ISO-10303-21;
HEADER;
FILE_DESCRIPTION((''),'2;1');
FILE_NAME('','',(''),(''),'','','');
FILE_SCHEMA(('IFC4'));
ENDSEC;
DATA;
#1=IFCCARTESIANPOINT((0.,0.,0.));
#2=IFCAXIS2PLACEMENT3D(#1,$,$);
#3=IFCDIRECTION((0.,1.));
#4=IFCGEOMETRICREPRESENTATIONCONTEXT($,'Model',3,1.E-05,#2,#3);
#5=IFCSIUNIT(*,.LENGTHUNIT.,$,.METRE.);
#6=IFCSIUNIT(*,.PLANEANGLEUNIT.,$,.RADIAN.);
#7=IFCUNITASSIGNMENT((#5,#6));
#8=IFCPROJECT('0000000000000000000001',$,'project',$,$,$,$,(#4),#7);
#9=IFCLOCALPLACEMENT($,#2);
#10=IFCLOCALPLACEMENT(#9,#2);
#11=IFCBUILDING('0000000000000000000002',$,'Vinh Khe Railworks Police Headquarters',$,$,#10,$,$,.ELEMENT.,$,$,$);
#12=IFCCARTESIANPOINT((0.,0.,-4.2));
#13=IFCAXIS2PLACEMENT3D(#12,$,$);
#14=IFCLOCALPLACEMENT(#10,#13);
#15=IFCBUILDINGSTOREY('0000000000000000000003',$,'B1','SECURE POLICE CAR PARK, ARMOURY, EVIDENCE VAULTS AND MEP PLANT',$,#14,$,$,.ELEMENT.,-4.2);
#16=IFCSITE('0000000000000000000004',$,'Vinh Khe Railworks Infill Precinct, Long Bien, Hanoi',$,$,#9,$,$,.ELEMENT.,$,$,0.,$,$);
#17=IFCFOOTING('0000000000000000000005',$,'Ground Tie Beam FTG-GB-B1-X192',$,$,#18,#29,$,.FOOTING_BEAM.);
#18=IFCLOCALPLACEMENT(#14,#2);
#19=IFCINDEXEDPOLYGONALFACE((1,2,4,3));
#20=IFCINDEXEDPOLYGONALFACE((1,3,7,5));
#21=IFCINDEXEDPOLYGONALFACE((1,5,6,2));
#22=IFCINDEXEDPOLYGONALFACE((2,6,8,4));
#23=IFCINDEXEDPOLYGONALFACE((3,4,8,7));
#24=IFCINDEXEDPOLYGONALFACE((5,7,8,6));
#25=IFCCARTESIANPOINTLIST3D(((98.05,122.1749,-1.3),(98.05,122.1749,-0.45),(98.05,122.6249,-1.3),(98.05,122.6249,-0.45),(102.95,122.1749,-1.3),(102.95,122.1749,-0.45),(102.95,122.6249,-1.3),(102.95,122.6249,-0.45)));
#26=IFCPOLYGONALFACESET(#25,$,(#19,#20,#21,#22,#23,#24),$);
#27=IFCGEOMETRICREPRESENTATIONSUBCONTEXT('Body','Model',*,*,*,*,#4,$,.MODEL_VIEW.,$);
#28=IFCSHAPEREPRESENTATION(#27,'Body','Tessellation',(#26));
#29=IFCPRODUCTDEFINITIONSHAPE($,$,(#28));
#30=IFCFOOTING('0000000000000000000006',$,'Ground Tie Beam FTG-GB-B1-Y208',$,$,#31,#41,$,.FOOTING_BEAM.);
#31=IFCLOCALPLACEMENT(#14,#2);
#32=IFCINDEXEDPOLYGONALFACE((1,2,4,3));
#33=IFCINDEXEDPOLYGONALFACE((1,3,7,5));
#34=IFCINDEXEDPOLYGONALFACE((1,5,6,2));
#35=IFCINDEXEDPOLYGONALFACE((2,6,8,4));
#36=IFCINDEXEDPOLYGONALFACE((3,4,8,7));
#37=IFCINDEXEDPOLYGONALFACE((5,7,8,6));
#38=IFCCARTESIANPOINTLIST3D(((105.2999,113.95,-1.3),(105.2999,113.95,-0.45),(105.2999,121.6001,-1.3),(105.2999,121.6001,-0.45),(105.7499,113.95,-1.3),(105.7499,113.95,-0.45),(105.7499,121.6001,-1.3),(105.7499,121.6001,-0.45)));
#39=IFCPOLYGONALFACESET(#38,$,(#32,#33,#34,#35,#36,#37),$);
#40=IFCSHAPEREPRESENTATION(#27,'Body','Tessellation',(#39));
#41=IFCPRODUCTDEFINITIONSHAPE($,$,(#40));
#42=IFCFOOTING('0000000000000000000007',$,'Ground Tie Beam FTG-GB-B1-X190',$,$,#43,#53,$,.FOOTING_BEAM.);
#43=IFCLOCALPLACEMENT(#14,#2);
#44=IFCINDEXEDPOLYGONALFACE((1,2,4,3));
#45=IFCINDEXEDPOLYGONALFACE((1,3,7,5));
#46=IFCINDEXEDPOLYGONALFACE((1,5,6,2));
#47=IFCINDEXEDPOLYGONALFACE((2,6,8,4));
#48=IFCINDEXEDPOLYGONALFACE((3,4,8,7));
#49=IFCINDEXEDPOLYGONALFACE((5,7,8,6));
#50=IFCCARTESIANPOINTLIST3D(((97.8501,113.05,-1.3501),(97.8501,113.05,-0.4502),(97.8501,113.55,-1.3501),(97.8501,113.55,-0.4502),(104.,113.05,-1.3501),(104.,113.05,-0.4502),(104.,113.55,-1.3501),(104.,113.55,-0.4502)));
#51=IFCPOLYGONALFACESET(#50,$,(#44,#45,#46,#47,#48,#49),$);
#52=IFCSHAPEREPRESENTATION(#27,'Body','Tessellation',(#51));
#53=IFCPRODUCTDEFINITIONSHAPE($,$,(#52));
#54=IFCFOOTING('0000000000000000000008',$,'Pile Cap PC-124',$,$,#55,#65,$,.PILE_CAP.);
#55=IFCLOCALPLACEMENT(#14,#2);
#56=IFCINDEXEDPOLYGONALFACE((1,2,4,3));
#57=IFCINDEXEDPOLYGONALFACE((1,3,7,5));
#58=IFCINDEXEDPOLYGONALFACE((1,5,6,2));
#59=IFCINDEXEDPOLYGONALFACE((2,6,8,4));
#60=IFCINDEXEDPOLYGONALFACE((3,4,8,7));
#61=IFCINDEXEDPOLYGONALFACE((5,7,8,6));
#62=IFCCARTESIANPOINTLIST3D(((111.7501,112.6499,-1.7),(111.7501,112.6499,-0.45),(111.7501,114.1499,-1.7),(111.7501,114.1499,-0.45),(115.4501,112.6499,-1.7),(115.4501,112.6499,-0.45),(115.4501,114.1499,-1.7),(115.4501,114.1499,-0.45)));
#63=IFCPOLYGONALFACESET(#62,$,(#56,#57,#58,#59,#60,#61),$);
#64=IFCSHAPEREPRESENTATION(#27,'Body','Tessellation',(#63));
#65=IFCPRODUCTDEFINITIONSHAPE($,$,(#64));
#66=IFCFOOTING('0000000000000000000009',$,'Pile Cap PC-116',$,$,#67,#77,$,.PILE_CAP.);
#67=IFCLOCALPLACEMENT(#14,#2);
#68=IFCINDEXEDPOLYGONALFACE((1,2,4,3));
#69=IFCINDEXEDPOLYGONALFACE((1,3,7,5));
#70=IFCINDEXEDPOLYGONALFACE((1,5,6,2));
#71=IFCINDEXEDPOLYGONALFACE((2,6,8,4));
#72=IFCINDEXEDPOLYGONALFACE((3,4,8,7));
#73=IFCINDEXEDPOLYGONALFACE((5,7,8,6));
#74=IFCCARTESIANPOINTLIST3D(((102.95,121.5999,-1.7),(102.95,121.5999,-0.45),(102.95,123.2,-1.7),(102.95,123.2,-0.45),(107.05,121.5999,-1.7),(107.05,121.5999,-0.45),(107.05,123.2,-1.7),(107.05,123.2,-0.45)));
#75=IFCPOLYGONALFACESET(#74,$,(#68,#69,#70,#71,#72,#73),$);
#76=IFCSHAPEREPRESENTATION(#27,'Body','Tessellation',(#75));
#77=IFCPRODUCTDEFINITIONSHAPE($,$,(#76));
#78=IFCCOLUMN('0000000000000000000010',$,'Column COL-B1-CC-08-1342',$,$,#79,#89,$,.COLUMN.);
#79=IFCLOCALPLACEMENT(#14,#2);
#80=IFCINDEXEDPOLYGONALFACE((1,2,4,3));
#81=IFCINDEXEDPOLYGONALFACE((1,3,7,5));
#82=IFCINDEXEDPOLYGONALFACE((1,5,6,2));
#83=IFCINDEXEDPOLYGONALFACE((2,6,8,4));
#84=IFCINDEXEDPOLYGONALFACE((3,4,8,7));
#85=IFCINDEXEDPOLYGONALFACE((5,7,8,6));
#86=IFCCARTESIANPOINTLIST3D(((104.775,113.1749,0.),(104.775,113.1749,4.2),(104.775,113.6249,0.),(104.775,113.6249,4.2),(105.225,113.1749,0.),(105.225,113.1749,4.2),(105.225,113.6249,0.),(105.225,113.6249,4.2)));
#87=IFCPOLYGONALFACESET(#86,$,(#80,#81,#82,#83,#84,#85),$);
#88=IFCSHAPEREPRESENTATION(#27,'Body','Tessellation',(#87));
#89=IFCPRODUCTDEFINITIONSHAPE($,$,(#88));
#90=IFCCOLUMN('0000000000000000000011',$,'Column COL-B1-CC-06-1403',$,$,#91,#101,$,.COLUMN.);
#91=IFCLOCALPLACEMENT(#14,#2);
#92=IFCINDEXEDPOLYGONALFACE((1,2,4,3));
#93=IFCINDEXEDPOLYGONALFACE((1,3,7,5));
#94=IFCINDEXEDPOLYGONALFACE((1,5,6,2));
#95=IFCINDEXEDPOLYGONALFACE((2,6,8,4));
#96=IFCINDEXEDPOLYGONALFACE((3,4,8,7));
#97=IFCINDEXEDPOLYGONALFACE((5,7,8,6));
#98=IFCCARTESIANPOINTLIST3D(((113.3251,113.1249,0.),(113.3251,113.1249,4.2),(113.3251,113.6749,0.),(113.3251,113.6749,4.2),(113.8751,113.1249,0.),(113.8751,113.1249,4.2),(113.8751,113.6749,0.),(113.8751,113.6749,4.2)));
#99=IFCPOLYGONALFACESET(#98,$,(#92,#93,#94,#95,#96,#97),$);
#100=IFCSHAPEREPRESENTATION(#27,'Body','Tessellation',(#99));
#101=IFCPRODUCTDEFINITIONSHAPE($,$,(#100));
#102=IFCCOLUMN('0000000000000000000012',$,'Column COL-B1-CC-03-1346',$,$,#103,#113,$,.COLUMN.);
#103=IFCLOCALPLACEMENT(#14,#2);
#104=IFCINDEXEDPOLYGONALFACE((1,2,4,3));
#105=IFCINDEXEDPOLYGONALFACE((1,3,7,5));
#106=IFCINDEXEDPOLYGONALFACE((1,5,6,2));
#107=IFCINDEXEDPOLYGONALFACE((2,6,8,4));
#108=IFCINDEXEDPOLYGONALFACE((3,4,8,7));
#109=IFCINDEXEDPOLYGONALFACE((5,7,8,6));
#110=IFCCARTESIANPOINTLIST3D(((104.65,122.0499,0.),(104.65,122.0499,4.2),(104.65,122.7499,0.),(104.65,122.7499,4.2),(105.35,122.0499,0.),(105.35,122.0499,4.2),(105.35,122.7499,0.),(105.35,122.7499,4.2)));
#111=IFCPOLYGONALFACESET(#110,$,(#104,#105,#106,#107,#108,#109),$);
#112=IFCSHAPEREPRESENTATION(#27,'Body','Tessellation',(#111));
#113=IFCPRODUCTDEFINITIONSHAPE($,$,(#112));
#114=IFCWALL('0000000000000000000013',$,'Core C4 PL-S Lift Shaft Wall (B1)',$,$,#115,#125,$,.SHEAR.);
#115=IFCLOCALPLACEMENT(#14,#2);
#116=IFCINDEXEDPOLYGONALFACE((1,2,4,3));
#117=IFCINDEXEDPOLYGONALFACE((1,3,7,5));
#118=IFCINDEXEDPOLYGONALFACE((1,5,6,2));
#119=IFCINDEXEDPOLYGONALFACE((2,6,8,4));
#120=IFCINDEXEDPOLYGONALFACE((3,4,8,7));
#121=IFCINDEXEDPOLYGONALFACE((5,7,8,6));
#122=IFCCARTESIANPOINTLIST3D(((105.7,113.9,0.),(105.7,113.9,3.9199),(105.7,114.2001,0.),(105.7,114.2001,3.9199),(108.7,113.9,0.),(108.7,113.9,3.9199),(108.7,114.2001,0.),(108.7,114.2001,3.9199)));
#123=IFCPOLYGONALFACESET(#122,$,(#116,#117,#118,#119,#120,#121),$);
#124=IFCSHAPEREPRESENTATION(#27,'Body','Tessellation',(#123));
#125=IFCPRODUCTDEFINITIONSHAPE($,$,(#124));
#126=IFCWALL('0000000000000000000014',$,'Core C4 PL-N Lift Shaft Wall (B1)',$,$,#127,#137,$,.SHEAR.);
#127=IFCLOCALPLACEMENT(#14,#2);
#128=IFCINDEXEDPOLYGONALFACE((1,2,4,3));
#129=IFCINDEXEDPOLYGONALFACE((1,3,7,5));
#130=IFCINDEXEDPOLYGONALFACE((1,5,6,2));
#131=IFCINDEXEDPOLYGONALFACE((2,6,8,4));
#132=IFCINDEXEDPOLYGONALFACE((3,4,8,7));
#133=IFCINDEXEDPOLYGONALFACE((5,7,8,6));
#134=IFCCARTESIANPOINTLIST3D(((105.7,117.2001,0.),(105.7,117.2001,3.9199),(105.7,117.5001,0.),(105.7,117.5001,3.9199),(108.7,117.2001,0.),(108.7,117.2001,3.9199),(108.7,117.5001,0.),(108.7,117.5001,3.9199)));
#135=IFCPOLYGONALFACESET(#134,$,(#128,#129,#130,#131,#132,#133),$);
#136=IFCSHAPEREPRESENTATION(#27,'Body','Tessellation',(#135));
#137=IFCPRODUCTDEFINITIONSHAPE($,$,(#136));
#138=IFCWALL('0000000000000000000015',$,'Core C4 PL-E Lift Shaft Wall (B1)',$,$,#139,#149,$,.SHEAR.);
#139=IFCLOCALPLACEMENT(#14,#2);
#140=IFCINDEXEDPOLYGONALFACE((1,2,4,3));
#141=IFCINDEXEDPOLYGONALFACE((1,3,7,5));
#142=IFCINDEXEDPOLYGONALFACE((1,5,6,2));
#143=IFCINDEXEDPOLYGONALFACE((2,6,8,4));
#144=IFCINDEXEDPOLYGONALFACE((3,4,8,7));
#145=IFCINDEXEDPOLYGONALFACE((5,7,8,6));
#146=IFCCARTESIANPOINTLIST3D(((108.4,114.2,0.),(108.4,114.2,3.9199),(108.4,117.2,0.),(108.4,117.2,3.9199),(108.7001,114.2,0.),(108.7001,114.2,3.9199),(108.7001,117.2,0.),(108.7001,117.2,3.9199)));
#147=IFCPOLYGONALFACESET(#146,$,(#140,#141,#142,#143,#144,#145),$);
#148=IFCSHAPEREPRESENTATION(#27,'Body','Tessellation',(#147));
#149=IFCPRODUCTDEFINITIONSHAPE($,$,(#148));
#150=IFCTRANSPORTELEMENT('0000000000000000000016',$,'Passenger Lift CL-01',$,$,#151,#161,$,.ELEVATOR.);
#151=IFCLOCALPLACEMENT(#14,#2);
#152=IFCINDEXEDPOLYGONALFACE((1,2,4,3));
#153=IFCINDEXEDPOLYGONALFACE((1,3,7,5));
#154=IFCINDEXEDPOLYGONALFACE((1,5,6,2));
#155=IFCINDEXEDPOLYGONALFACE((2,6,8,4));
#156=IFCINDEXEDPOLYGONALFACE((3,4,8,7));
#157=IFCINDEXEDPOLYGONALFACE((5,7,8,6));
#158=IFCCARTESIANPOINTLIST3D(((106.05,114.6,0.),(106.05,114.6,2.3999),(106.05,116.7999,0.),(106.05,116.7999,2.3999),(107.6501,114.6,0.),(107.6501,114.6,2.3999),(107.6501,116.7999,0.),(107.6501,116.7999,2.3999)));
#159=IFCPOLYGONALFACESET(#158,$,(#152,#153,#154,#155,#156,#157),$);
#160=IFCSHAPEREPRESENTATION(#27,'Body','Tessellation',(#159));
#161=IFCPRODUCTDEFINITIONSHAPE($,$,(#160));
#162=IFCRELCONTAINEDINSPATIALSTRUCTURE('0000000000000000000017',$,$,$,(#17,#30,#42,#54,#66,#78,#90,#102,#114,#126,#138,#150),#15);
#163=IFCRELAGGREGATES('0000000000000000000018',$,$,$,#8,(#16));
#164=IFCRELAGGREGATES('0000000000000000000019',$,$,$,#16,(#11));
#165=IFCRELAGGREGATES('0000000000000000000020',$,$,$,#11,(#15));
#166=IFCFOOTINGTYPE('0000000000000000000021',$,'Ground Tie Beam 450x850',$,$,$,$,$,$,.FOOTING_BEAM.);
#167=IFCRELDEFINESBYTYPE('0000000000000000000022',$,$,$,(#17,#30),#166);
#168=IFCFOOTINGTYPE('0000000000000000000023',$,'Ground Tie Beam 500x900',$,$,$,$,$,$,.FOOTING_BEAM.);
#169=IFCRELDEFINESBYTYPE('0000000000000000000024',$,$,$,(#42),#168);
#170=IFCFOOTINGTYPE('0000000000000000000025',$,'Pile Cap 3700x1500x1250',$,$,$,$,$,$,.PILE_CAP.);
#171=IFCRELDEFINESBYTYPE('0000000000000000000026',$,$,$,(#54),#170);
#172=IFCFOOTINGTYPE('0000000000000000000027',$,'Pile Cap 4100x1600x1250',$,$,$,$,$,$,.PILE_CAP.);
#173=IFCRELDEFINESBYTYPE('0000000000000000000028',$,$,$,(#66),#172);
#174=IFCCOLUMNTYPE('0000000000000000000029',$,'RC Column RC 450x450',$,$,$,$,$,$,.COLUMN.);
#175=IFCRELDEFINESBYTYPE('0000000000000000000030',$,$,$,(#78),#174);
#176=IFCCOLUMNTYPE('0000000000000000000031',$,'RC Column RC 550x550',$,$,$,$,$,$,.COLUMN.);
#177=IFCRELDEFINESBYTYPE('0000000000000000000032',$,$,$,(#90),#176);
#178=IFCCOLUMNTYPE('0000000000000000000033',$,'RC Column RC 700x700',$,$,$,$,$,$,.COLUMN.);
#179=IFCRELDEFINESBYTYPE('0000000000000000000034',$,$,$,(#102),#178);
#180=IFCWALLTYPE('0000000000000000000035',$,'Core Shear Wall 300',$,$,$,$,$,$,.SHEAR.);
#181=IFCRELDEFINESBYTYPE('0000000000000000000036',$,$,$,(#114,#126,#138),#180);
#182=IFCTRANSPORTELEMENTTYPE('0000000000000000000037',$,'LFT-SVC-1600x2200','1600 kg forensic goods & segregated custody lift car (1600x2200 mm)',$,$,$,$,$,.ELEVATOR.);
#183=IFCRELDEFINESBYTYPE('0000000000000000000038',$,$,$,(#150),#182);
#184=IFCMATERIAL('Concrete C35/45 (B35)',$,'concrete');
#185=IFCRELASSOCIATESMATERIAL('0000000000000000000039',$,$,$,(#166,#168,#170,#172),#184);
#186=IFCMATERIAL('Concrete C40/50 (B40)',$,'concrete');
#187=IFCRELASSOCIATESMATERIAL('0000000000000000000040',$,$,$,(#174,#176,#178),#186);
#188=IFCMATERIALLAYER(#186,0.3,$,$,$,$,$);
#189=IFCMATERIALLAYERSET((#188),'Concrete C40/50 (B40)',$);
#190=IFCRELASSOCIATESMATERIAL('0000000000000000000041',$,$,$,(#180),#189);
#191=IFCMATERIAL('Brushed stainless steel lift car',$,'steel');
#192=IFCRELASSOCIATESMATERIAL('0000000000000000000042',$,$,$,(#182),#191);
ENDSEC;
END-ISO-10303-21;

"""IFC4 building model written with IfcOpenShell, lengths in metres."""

from ifc_helpers import new_model, si_unit, direction, frame, frame_2d, origin, origin_2d, place, context, subcontext, project, spatial, rectangle, extrude, material, layer, layer_set, material_profile, profile_set, type_object, element, save


model = new_model("IFC4")

# Units and contexts
model_context = context("Model", 3, precision=1e-05, world=origin(), true_north=direction((0.0, 1.0)))
body_context = subcontext(model_context, "Body", "Model", "MODEL_VIEW")
ifc_project = project(units=[si_unit("LENGTHUNIT", "METRE"), si_unit("PLANEANGLEUNIT", "RADIAN")], contexts=[model_context])

# Site, building, storey
site_placement = place(None, origin())
site = spatial("IfcSite", under=ifc_project, at=site_placement, Name="Vinh Khe Railworks Infill Precinct, Long Bien, Hanoi", CompositionType="ELEMENT", RefElevation=0.0)
building_placement = place(site_placement, origin())
building = spatial("IfcBuilding", under=site, at=building_placement, Name="Vinh Khe Railworks Police Headquarters", CompositionType="ELEMENT")
storey_placement = place(building_placement, frame((0.0, 0.0, -4.2)))
storey = spatial("IfcBuildingStorey", under=building, at=storey_placement, Name="B1", Description="SECURE POLICE CAR PARK, ARMOURY, EVIDENCE VAULTS AND MEP PLANT", CompositionType="ELEMENT", Elevation=-4.2)

# Shared definitions
ifc_material_1 = material(Name="Concrete C35/45 (B35)", Category="concrete")

# Footings
ifc_material_profile_1 = material_profile(ifc_material_1, rectangle(XDim=0.45, YDim=0.8501, at=origin_2d()), Name="RC 450x850")
ifc_profile_set_1 = profile_set([ifc_material_profile_1], Name="Concrete C35/45 (B35)")
footing_type_1 = type_object("IfcFootingType", Name="Ground Tie Beam 450x850", PredefinedType="FOOTING_BEAM", material=ifc_profile_set_1)
footing_1_placement = place(storey_placement, frame((98.05, 122.3999, -0.875), z_axis=(1.0, 0.0, 0.0), x_axis=(0.0, 1.0, 0.0)))
element("IfcFooting", 1, at=footing_1_placement, inside=storey, type_object=footing_type_1, Name="Ground Tie Beam FTG-GB-B1-X192", PredefinedType="FOOTING_BEAM", context=body_context, shape_type="SweptSolid", body=[
    extrude(rectangle(XDim=0.45, YDim=0.8501, at=origin_2d()), origin(), (0.0, 0.0, 1.0), 4.8999),
])
footing_2_placement = place(storey_placement, frame((105.5249, 113.95, -0.875), z_axis=(0.0, 1.0, 0.0), x_axis=(-1.0, 0.0, 0.0)))
element("IfcFooting", 2, at=footing_2_placement, inside=storey, type_object=footing_type_1, Name="Ground Tie Beam FTG-GB-B1-Y208", PredefinedType="FOOTING_BEAM", context=body_context, shape_type="SweptSolid", body=[
    extrude(rectangle(XDim=0.45, YDim=0.8501, at=origin_2d()), origin(), (0.0, 0.0, 1.0), 7.6501),
])
ifc_material_profile_2 = material_profile(ifc_material_1, rectangle(XDim=0.5, YDim=0.8999, at=origin_2d()), Name="RC 500x900")
ifc_profile_set_2 = profile_set([ifc_material_profile_2], Name="Concrete C35/45 (B35)")
footing_type_2 = type_object("IfcFootingType", Name="Ground Tie Beam 500x900", PredefinedType="FOOTING_BEAM", material=ifc_profile_set_2)
footing_3_placement = place(storey_placement, frame((97.8501, 113.3, -0.9001), z_axis=(1.0, 0.0, 0.0), x_axis=(0.0, 1.0, 0.0)))
element("IfcFooting", 3, at=footing_3_placement, inside=storey, type_object=footing_type_2, Name="Ground Tie Beam FTG-GB-B1-X190", PredefinedType="FOOTING_BEAM", context=body_context, shape_type="SweptSolid", body=[
    extrude(rectangle(XDim=0.5, YDim=0.8999, at=origin_2d()), origin(), (0.0, 0.0, 1.0), 6.1499),
])
footing_type_3 = type_object("IfcFootingType", Name="Pile Cap 3700x1500x1250", PredefinedType="PILE_CAP", material=ifc_material_1)
footing_4_placement = place(storey_placement, frame((113.6001, 113.3999, -1.7), z_axis=(0.0, 0.0, 1.0), x_axis=(1.0, 0.0, 0.0)))
element("IfcFooting", 4, at=footing_4_placement, inside=storey, type_object=footing_type_3, Name="Pile Cap PC-124", PredefinedType="PILE_CAP", context=body_context, shape_type="SweptSolid", body=[
    extrude(rectangle(XDim=3.7, YDim=1.5, at=origin_2d()), origin(), (0.0, 0.0, 1.0), 1.25),
])
footing_type_4 = type_object("IfcFootingType", Name="Pile Cap 4100x1600x1250", PredefinedType="PILE_CAP", material=ifc_material_1)
footing_5_placement = place(storey_placement, frame((105.0, 122.3999, -1.7), z_axis=(0.0, 0.0, 1.0), x_axis=(1.0, 0.0, 0.0)))
element("IfcFooting", 5, at=footing_5_placement, inside=storey, type_object=footing_type_4, Name="Pile Cap PC-116", PredefinedType="PILE_CAP", context=body_context, shape_type="SweptSolid", body=[
    extrude(rectangle(XDim=4.1001, YDim=1.6001, at=origin_2d()), origin(), (0.0, 0.0, 1.0), 1.25),
])

# Columns
ifc_material_2 = material(Name="Concrete C40/50 (B40)", Category="concrete")
ifc_material_profile_3 = material_profile(ifc_material_2, rectangle(XDim=0.45, YDim=0.45, at=origin_2d()), Name="RC 450x450")
ifc_profile_set_3 = profile_set([ifc_material_profile_3], Name="Concrete C40/50 (B40)")
column_type_1 = type_object("IfcColumnType", Name="RC Column RC 450x450", PredefinedType="COLUMN", material=ifc_profile_set_3)
column_1_placement = place(storey_placement, frame((105.0, 113.3999, 0.0), z_axis=(0.0, 0.0, 1.0), x_axis=(1.0, 0.0, 0.0)))
element("IfcColumn", 6, at=column_1_placement, inside=storey, type_object=column_type_1, Name="Column COL-B1-CC-08-1342", PredefinedType="COLUMN", context=body_context, shape_type="SweptSolid", body=[
    extrude(rectangle(XDim=0.45, YDim=0.45, at=origin_2d()), origin(), (0.0, 0.0, 1.0), 4.2),
])
ifc_material_profile_4 = material_profile(ifc_material_2, rectangle(XDim=0.55, YDim=0.55, at=origin_2d()), Name="RC 550x550")
ifc_profile_set_4 = profile_set([ifc_material_profile_4], Name="Concrete C40/50 (B40)")
column_type_2 = type_object("IfcColumnType", Name="RC Column RC 550x550", PredefinedType="COLUMN", material=ifc_profile_set_4)
column_2_placement = place(storey_placement, frame((113.6001, 113.3999, 0.0), z_axis=(0.0, 0.0, 1.0), x_axis=(1.0, 0.0, 0.0)))
element("IfcColumn", 7, at=column_2_placement, inside=storey, type_object=column_type_2, Name="Column COL-B1-CC-06-1403", PredefinedType="COLUMN", context=body_context, shape_type="SweptSolid", body=[
    extrude(rectangle(XDim=0.55, YDim=0.55, at=origin_2d()), origin(), (0.0, 0.0, 1.0), 4.2),
])
ifc_material_profile_5 = material_profile(ifc_material_2, rectangle(XDim=0.7, YDim=0.7, at=origin_2d()), Name="RC 700x700")
ifc_profile_set_5 = profile_set([ifc_material_profile_5], Name="Concrete C40/50 (B40)")
column_type_3 = type_object("IfcColumnType", Name="RC Column RC 700x700", PredefinedType="COLUMN", material=ifc_profile_set_5)
column_3_placement = place(storey_placement, frame((105.0, 122.3999, 0.0), z_axis=(0.0, 0.0, 1.0), x_axis=(1.0, 0.0, 0.0)))
element("IfcColumn", 8, at=column_3_placement, inside=storey, type_object=column_type_3, Name="Column COL-B1-CC-03-1346", PredefinedType="COLUMN", context=body_context, shape_type="SweptSolid", body=[
    extrude(rectangle(XDim=0.7, YDim=0.7, at=origin_2d()), origin(), (0.0, 0.0, 1.0), 4.2),
])

# Walls
ifc_layer = layer(ifc_material_2, 0.3)
ifc_layer_set = layer_set([ifc_layer], Name="Concrete C40/50 (B40)")
wall_type = type_object("IfcWallType", Name="Core Shear Wall 300", PredefinedType="SHEAR", material=ifc_layer_set)
for number, where, z_axis, x_axis, name in (
    (9, (105.7, 114.05, 0.0), (0.0, 0.0, 1.0), (1.0, 0.0, 0.0), "Core C4 PL-S Lift Shaft Wall (B1)"),
    (10, (105.7, 117.3501, 0.0), (0.0, 0.0, 1.0), (1.0, 0.0, 0.0), "Core C4 PL-N Lift Shaft Wall (B1)"),
):
    element("IfcWall", number, at=place(storey_placement, frame(where, z_axis=z_axis, x_axis=x_axis)), inside=storey, type_object=wall_type, Name=name, PredefinedType="SHEAR", context=body_context, shape_type="SweptSolid", body=[
        extrude(rectangle(XDim=3.0, YDim=0.3, at=frame_2d((1.5, 0.0))), origin(), (0.0, 0.0, 1.0), 3.9199),
    ])

# Wall
wall_1_placement = place(storey_placement, frame((108.55, 114.2, 0.0), z_axis=(0.0, 0.0, 1.0), x_axis=(0.0, 1.0, 0.0)))
element("IfcWall", 11, at=wall_1_placement, inside=storey, type_object=wall_type, Name="Core C4 PL-E Lift Shaft Wall (B1)", PredefinedType="SHEAR", context=body_context, shape_type="SweptSolid", body=[
    extrude(rectangle(XDim=3.0, YDim=0.3, at=frame_2d((1.5, 0.0))), origin(), (0.0, 0.0, 1.0), 3.9199),
])

# Transport element
ifc_material_3 = material(Name="Brushed stainless steel lift car", Category="steel")
transport_element_type = type_object("IfcTransportElementType", Name="LFT-SVC-1600x2200", Description="1600 kg forensic goods & segregated custody lift car (1600x2200 mm)", PredefinedType="ELEVATOR", material=ifc_material_3)
transport_element_placement = place(storey_placement, frame((106.8501, 115.7, 0.0), z_axis=(0.0, 0.0, 1.0), x_axis=(1.0, 0.0, 0.0)))
element("IfcTransportElement", 12, at=transport_element_placement, inside=storey, type_object=transport_element_type, Name="Passenger Lift CL-01", PredefinedType="ELEVATOR", context=body_context, shape_type="SweptSolid", body=[
    extrude(rectangle(XDim=1.6001, YDim=2.2, at=origin_2d()), origin(), (0.0, 0.0, 1.0), 2.3999),
])

save(model, "model.ifc")
